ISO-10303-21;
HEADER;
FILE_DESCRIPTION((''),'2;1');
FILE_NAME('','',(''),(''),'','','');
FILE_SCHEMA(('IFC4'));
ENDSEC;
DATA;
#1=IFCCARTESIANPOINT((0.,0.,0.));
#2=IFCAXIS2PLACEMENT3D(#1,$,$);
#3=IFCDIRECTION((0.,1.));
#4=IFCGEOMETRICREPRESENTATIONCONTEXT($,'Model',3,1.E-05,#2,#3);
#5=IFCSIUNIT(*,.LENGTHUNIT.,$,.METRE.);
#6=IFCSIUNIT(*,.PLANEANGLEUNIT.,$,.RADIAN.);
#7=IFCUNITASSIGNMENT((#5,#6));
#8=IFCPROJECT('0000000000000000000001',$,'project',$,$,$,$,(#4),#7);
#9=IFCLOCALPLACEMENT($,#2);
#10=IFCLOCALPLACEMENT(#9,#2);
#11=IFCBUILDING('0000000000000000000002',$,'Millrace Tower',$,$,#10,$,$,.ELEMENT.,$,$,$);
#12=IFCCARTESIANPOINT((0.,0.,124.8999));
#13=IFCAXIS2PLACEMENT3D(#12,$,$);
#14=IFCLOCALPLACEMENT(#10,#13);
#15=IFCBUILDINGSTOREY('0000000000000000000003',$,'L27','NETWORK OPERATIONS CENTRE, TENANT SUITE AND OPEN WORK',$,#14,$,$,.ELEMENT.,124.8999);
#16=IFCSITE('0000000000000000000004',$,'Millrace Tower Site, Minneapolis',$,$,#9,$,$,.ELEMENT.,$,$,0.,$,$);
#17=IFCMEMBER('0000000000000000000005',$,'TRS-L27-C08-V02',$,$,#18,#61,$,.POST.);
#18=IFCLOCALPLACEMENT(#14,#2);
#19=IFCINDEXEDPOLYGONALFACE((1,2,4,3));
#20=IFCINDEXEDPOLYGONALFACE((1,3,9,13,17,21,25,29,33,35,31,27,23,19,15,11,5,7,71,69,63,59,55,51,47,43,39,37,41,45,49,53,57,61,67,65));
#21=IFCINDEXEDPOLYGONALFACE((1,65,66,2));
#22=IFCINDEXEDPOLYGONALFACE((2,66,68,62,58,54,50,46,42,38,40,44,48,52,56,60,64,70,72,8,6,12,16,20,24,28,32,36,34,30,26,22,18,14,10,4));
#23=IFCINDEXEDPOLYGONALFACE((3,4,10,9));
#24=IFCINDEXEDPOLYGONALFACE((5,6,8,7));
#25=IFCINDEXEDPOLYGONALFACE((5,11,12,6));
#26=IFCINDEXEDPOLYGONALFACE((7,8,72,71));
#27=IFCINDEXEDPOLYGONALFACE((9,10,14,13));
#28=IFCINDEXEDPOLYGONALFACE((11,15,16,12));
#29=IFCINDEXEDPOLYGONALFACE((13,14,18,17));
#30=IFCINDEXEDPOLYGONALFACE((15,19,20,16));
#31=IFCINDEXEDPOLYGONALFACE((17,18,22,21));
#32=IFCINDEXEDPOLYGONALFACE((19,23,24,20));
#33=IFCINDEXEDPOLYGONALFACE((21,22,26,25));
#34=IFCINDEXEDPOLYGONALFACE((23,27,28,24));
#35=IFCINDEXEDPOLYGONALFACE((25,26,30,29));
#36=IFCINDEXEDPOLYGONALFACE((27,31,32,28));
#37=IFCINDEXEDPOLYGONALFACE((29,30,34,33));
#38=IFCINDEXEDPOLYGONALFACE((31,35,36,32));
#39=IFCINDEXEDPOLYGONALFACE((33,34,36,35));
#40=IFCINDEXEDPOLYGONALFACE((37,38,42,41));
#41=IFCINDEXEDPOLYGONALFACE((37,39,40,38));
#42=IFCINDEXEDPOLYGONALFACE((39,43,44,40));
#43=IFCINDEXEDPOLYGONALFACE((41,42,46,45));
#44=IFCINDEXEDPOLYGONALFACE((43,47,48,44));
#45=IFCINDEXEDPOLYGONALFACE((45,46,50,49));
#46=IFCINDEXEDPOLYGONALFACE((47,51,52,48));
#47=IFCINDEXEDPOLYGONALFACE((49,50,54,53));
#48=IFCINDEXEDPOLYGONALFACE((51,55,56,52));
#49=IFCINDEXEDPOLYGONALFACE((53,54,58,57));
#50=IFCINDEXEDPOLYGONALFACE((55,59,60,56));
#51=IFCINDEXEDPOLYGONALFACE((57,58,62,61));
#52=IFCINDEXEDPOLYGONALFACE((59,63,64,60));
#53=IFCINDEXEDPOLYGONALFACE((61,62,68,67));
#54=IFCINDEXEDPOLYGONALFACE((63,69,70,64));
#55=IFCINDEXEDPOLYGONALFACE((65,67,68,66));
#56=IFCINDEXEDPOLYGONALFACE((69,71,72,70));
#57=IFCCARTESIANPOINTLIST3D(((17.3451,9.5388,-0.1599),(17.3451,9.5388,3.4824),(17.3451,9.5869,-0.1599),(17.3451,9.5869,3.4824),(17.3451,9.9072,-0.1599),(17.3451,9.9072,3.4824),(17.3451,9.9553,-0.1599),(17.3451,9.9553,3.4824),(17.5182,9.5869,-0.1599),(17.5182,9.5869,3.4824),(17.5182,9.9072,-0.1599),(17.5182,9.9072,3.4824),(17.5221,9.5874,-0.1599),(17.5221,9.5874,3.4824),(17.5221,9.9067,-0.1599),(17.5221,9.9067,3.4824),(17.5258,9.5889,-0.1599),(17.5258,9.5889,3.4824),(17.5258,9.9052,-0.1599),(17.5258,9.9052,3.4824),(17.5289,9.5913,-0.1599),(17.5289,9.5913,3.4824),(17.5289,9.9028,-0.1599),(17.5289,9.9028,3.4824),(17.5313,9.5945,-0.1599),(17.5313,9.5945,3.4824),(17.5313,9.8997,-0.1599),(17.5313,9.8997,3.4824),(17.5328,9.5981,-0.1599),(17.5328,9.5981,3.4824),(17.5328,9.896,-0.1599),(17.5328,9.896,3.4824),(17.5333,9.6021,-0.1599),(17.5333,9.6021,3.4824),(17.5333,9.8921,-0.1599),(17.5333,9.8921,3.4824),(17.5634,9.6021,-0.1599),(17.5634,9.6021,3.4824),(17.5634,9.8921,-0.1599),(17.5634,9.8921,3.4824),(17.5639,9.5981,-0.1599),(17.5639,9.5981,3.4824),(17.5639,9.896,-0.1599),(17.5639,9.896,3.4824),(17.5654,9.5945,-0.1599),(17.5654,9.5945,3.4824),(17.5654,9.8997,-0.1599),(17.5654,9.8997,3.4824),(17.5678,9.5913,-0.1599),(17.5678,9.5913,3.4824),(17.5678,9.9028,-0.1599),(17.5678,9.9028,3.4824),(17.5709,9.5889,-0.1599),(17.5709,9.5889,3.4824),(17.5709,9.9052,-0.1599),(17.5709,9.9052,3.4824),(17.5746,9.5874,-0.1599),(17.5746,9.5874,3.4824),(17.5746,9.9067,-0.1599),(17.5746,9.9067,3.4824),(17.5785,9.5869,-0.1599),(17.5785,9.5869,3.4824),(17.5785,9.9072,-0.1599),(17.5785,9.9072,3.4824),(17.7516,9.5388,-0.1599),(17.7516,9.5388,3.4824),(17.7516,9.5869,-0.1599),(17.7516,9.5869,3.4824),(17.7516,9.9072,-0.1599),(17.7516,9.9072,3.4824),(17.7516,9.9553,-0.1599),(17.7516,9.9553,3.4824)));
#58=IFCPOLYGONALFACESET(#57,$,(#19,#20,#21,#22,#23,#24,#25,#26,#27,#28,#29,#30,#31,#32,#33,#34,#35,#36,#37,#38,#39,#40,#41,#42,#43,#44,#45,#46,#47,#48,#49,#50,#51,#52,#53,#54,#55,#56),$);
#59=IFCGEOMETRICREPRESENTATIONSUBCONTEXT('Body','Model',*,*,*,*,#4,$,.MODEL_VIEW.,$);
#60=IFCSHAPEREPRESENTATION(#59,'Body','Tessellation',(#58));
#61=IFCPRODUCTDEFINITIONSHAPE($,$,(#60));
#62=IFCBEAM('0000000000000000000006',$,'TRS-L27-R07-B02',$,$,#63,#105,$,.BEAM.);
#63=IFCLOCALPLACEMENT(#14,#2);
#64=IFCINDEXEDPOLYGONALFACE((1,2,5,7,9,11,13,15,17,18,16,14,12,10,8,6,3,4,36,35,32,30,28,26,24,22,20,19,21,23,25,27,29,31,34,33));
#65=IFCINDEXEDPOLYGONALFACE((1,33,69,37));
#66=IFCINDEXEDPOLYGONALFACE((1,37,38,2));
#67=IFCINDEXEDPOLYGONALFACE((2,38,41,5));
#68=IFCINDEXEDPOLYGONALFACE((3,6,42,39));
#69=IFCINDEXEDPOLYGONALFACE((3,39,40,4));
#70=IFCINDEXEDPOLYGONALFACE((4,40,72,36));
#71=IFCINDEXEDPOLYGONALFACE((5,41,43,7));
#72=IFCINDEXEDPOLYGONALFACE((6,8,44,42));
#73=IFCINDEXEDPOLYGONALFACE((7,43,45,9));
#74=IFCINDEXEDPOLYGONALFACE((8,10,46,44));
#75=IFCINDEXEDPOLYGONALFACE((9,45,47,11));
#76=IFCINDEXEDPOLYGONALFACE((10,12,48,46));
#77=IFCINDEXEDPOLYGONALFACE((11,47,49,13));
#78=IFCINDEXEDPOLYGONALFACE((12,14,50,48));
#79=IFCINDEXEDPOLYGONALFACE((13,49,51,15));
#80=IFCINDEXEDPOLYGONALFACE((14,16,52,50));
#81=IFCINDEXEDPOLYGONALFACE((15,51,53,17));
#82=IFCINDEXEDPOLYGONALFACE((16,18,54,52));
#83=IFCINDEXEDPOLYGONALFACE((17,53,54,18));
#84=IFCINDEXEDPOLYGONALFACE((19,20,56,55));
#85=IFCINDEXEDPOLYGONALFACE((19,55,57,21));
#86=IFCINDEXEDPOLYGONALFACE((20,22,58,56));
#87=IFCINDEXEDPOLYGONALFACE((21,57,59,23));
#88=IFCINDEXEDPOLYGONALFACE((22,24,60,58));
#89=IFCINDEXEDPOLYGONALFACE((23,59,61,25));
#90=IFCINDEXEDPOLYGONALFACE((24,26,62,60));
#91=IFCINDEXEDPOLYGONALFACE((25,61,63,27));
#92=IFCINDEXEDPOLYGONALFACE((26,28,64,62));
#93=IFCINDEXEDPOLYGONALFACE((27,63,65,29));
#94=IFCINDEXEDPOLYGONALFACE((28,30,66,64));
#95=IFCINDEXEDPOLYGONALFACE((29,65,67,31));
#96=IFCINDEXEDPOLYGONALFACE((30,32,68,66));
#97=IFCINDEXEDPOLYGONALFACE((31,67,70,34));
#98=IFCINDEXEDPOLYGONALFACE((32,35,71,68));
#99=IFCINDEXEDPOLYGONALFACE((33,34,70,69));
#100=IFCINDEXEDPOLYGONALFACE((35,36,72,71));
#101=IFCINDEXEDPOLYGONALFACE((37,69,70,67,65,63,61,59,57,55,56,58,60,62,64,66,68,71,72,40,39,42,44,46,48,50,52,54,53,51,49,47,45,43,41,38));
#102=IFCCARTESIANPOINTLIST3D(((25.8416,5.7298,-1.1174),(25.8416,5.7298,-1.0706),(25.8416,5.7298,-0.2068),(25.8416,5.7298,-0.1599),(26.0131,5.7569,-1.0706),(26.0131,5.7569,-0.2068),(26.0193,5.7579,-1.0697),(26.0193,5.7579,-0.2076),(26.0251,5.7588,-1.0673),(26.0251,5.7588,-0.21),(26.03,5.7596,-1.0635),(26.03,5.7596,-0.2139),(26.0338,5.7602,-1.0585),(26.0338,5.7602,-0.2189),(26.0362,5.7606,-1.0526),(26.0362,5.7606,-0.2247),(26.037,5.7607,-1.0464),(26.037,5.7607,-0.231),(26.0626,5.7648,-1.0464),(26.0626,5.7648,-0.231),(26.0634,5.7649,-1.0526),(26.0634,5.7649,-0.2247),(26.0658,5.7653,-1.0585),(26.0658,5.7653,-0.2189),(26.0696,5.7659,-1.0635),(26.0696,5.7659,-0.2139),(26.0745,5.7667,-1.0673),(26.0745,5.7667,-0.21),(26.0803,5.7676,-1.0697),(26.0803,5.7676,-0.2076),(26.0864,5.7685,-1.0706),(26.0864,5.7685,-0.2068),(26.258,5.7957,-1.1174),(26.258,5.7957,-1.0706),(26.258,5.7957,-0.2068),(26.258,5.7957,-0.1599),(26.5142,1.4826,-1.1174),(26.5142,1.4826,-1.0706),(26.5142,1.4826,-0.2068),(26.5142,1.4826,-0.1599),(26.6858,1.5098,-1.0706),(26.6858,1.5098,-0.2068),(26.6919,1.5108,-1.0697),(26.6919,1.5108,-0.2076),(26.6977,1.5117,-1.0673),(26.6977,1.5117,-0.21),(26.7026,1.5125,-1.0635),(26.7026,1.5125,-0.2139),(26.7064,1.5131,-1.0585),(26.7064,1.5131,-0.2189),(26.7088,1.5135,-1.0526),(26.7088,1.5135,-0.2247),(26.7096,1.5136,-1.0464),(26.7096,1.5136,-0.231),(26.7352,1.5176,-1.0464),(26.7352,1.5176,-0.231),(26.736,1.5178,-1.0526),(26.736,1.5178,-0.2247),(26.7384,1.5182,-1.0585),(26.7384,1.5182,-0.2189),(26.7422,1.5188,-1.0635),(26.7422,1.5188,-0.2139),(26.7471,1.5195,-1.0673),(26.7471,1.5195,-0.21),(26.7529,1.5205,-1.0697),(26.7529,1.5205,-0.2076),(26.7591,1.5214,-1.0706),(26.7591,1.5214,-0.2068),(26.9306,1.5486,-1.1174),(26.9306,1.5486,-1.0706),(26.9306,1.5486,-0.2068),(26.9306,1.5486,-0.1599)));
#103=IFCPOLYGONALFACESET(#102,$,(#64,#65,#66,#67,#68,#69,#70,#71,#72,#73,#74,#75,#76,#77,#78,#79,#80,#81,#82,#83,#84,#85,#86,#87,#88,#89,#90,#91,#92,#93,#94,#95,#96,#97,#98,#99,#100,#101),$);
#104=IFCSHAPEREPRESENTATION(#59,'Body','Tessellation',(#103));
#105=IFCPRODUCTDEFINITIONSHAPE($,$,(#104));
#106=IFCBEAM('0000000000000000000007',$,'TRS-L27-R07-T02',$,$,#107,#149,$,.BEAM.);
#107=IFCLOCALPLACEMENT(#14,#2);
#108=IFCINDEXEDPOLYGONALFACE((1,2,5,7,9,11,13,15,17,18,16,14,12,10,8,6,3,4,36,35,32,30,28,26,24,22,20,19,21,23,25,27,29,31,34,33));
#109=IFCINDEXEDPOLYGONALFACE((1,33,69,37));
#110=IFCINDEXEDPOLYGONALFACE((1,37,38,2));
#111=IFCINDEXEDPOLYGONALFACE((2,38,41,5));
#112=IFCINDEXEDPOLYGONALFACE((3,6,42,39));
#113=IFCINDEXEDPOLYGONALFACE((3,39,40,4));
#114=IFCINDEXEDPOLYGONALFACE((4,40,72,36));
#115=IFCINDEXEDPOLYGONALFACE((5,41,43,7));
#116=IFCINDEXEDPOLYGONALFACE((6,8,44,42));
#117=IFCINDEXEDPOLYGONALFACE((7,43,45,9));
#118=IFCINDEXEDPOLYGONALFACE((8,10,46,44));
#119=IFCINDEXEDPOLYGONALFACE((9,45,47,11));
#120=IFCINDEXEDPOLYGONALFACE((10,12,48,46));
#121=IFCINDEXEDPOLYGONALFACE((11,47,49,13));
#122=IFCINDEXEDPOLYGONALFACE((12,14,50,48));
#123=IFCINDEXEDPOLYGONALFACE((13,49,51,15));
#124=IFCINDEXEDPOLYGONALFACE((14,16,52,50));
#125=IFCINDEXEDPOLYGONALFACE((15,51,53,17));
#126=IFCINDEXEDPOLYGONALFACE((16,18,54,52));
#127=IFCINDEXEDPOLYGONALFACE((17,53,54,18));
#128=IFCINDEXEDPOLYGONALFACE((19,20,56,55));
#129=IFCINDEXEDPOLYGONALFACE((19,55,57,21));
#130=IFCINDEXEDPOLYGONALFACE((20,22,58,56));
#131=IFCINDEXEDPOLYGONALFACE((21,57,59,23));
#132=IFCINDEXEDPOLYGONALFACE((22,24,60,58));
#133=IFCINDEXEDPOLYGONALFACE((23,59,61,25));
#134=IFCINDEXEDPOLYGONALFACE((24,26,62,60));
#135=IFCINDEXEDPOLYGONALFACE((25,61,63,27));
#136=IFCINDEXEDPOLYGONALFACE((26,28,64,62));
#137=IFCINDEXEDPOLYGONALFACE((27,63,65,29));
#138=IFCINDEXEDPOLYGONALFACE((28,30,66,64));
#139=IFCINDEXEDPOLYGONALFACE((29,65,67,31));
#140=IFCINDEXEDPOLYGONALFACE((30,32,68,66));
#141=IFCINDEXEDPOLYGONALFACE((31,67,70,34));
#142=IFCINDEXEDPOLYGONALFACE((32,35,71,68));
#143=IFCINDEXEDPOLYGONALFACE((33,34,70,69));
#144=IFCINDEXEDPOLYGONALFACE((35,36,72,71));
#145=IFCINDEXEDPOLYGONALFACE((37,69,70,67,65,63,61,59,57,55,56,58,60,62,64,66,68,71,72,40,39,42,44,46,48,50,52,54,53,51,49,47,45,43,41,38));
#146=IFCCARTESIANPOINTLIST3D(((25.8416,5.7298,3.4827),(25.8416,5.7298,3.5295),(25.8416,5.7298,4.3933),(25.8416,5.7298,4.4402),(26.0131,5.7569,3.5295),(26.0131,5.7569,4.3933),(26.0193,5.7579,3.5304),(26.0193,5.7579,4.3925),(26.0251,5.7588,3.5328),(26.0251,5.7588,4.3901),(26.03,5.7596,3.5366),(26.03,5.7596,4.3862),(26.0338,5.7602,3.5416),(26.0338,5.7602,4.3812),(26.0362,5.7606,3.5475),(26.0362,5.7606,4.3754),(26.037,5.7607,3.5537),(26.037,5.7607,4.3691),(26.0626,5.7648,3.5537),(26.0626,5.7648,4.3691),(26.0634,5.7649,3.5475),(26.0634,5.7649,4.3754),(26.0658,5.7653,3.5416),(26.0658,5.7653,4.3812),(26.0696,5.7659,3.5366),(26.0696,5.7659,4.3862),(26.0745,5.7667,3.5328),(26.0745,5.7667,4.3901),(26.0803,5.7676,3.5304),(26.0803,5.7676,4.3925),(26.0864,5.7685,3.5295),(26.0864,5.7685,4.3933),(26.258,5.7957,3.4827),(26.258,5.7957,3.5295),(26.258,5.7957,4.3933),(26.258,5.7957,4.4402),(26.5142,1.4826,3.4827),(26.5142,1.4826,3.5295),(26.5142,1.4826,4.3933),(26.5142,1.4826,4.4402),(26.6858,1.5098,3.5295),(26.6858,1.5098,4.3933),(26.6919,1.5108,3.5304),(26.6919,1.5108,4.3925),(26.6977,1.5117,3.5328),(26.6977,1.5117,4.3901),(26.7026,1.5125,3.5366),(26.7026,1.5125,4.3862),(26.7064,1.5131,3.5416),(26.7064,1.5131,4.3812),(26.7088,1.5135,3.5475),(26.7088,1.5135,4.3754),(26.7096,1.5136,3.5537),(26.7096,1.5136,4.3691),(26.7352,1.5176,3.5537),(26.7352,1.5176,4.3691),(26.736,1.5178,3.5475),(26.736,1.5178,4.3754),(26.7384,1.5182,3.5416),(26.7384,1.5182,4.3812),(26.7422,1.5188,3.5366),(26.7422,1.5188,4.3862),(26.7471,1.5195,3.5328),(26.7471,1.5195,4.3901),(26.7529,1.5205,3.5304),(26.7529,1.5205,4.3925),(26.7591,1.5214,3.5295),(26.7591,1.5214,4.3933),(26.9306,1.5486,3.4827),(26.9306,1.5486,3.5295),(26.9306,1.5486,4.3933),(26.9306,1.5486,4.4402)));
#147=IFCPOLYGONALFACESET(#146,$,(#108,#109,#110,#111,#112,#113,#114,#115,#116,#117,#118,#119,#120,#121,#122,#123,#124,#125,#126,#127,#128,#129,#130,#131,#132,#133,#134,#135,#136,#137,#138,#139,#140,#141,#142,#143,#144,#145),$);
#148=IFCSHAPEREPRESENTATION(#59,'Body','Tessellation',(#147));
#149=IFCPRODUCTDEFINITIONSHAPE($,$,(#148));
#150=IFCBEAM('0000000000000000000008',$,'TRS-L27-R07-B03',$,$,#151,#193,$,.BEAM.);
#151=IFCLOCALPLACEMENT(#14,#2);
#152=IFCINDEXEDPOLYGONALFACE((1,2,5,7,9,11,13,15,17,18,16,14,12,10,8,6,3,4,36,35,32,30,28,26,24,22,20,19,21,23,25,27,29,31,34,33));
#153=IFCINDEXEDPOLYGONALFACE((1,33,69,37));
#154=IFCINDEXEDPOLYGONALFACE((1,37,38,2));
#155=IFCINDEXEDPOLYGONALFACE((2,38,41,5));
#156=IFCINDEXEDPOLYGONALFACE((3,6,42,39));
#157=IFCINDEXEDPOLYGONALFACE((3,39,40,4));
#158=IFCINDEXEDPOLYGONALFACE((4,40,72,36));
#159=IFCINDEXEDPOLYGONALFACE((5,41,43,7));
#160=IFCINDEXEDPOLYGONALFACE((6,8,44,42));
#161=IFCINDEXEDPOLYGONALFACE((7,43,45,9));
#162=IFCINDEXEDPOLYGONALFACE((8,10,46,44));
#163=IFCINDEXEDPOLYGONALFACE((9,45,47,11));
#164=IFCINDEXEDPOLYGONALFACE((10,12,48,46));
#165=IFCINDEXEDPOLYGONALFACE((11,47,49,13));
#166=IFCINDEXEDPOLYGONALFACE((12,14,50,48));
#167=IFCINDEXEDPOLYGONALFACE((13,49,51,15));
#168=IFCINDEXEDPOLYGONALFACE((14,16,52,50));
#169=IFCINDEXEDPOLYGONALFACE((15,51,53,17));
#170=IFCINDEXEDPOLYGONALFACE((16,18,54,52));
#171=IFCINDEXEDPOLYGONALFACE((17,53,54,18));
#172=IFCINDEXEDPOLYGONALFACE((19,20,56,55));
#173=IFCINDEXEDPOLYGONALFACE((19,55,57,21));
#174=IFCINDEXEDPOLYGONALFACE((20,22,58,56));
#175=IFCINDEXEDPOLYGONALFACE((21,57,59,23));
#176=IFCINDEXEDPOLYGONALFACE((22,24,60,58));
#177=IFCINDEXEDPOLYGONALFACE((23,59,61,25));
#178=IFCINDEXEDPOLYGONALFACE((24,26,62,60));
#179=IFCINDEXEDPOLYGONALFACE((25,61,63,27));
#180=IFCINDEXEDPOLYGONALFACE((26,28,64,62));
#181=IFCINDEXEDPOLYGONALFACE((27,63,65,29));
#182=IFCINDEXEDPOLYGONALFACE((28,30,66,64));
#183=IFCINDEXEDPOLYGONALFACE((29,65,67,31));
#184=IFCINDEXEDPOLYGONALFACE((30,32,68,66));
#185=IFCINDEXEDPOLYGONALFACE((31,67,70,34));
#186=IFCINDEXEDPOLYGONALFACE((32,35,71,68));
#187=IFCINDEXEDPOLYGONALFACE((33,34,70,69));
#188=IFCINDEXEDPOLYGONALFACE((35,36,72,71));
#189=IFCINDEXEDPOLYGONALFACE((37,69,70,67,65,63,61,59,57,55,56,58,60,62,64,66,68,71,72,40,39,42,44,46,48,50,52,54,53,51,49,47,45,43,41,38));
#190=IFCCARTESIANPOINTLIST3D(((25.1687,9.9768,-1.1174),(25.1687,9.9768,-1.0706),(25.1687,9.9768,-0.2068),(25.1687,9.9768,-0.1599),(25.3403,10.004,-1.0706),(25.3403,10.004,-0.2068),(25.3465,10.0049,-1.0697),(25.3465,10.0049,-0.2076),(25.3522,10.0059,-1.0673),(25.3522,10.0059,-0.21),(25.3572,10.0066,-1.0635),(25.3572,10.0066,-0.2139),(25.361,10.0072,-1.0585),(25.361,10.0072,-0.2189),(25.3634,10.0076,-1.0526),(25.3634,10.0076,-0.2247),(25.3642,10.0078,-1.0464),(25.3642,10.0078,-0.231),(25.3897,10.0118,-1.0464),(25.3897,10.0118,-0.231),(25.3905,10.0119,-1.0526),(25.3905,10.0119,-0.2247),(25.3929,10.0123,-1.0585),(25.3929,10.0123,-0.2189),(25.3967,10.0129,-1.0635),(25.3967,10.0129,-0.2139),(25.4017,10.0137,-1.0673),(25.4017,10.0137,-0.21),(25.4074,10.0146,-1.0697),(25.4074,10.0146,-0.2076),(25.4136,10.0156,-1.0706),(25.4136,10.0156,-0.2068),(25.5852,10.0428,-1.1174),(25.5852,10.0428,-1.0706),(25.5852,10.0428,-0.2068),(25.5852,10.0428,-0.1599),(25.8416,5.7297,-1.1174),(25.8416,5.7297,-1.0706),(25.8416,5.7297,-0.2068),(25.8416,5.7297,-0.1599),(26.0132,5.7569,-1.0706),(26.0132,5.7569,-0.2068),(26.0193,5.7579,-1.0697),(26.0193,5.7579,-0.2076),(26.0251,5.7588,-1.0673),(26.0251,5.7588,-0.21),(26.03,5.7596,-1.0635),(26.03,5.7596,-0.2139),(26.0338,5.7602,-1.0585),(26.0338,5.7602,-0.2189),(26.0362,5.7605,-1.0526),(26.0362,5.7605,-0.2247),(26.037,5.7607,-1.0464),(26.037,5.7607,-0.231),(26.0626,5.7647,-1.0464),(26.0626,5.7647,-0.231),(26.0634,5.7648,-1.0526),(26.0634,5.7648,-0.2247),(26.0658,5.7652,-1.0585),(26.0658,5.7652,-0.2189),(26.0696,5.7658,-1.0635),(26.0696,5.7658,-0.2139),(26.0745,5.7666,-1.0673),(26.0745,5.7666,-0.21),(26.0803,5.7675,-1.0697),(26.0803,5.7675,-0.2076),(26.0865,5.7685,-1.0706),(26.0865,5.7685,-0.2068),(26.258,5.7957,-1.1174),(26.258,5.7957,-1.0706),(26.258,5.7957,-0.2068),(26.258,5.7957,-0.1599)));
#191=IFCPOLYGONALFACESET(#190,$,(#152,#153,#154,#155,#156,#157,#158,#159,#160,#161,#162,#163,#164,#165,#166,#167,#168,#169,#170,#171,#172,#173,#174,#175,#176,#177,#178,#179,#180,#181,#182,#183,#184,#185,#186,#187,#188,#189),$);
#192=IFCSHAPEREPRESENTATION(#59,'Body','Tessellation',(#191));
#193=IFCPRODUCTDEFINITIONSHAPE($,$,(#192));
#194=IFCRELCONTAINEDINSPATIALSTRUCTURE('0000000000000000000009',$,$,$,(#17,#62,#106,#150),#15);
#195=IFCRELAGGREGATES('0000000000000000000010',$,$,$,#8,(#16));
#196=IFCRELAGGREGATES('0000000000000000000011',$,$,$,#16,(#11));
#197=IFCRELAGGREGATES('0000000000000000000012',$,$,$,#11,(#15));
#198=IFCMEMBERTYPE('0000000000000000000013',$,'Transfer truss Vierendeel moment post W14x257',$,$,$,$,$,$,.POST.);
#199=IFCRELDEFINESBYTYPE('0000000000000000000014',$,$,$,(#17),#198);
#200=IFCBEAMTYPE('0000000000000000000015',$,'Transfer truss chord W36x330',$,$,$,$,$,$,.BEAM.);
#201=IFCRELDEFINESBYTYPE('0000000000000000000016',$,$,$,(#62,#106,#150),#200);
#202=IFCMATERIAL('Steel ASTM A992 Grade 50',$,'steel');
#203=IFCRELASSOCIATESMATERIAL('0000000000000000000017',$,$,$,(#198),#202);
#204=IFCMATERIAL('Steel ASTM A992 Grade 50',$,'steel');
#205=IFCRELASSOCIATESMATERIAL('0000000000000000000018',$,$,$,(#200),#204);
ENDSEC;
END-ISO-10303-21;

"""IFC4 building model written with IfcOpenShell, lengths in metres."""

from ifc_helpers import new_model, si_unit, direction, frame, origin, origin_2d, place, context, subcontext, project, spatial, i_section, extrude, material, material_profile, profile_set, type_object, element, save


model = new_model("IFC4")

# Units and contexts
model_context = context("Model", 3, precision=1e-05, world=origin(), true_north=direction((0.0, 1.0)))
body_context = subcontext(model_context, "Body", "Model", "MODEL_VIEW")
ifc_project = project(units=[si_unit("LENGTHUNIT", "METRE"), si_unit("PLANEANGLEUNIT", "RADIAN")], contexts=[model_context])

# Site, building, storey
site_placement = place(None, origin())
site = spatial("IfcSite", under=ifc_project, at=site_placement, Name="Millrace Tower Site, Minneapolis", CompositionType="ELEMENT", RefElevation=0.0)
building_placement = place(site_placement, origin())
building = spatial("IfcBuilding", under=site, at=building_placement, Name="Millrace Tower", CompositionType="ELEMENT")
storey_placement = place(building_placement, frame((0.0, 0.0, 124.8999)))
storey = spatial("IfcBuildingStorey", under=building, at=storey_placement, Name="L27", Description="NETWORK OPERATIONS CENTRE, TENANT SUITE AND OPEN WORK", CompositionType="ELEMENT", Elevation=124.8999)

# Member
ifc_material_1 = material(Name="Steel ASTM A992 Grade 50", Category="steel")
ifc_material_profile_1 = material_profile(ifc_material_1, i_section(OverallWidth=0.4065, OverallDepth=0.4165, WebThickness=0.03, FlangeThickness=0.0481, FilletRadius=0.0151, at=origin_2d()))
ifc_profile_set_1 = profile_set([ifc_material_profile_1], Name="Steel ASTM A992 Grade 50")
member_type_1 = type_object("IfcMemberType", Name="Transfer truss Vierendeel moment post W14x257", PredefinedType="POST", material=ifc_profile_set_1)
member_1_placement = place(storey_placement, frame((17.5483, 9.7471, -0.1599), z_axis=(0.0, 0.0, 1.0), x_axis=(1.0, 0.0, 0.0)))
element("IfcMember", 1, at=member_1_placement, inside=storey, type_object=member_type_1, Name="TRS-L27-C08-V02", PredefinedType="POST", context=body_context, shape_type="SweptSolid", body=[
    extrude(i_section(OverallWidth=0.4065, OverallDepth=0.4165, WebThickness=0.03, FlangeThickness=0.0481, FilletRadius=0.0151, at=origin_2d()), origin(), (0.0, 0.0, 1.0), 3.6423),
])

# Beams
ifc_material_2 = material(Name="Steel ASTM A992 Grade 50", Category="steel")
ifc_material_profile_2 = material_profile(ifc_material_2, i_section(OverallWidth=0.4216, OverallDepth=0.9575, WebThickness=0.0259, FlangeThickness=0.0469, FilletRadius=0.0242, at=origin_2d()))
ifc_profile_set_2 = profile_set([ifc_material_profile_2], Name="Steel ASTM A992 Grade 50")
beam_type_1 = type_object("IfcBeamType", Name="Transfer truss chord W36x330", PredefinedType="BEAM", material=ifc_profile_set_2)
for number, where, z_axis, x_axis, name in (
    (2, (26.7224, 1.5156, -0.6387), (-0.15642, 0.987691, 0.0), (-0.987691, -0.15642, 0.0), "TRS-L27-R07-B02"),
    (3, (26.7224, 1.5156, 3.9614), (-0.15642, 0.987691, 0.0), (-0.987691, -0.15642, 0.0), "TRS-L27-R07-T02"),
    (4, (26.0498, 5.7627, -0.6387), (-0.156476, 0.987682, 0.0), (-0.987682, -0.156476, 0.0), "TRS-L27-R07-B03"),
):
    element("IfcBeam", number, at=place(storey_placement, frame(where, z_axis=z_axis, x_axis=x_axis)), inside=storey, type_object=beam_type_1, Name=name, PredefinedType="BEAM", context=body_context, shape_type="SweptSolid", body=[
        extrude(i_section(OverallWidth=0.4216, OverallDepth=0.9575, WebThickness=0.0259, FlangeThickness=0.0469, FilletRadius=0.0242, at=origin_2d()), origin(), (0.0, 0.0, 1.0), 4.3),
    ])

save(model, "model.ifc")
